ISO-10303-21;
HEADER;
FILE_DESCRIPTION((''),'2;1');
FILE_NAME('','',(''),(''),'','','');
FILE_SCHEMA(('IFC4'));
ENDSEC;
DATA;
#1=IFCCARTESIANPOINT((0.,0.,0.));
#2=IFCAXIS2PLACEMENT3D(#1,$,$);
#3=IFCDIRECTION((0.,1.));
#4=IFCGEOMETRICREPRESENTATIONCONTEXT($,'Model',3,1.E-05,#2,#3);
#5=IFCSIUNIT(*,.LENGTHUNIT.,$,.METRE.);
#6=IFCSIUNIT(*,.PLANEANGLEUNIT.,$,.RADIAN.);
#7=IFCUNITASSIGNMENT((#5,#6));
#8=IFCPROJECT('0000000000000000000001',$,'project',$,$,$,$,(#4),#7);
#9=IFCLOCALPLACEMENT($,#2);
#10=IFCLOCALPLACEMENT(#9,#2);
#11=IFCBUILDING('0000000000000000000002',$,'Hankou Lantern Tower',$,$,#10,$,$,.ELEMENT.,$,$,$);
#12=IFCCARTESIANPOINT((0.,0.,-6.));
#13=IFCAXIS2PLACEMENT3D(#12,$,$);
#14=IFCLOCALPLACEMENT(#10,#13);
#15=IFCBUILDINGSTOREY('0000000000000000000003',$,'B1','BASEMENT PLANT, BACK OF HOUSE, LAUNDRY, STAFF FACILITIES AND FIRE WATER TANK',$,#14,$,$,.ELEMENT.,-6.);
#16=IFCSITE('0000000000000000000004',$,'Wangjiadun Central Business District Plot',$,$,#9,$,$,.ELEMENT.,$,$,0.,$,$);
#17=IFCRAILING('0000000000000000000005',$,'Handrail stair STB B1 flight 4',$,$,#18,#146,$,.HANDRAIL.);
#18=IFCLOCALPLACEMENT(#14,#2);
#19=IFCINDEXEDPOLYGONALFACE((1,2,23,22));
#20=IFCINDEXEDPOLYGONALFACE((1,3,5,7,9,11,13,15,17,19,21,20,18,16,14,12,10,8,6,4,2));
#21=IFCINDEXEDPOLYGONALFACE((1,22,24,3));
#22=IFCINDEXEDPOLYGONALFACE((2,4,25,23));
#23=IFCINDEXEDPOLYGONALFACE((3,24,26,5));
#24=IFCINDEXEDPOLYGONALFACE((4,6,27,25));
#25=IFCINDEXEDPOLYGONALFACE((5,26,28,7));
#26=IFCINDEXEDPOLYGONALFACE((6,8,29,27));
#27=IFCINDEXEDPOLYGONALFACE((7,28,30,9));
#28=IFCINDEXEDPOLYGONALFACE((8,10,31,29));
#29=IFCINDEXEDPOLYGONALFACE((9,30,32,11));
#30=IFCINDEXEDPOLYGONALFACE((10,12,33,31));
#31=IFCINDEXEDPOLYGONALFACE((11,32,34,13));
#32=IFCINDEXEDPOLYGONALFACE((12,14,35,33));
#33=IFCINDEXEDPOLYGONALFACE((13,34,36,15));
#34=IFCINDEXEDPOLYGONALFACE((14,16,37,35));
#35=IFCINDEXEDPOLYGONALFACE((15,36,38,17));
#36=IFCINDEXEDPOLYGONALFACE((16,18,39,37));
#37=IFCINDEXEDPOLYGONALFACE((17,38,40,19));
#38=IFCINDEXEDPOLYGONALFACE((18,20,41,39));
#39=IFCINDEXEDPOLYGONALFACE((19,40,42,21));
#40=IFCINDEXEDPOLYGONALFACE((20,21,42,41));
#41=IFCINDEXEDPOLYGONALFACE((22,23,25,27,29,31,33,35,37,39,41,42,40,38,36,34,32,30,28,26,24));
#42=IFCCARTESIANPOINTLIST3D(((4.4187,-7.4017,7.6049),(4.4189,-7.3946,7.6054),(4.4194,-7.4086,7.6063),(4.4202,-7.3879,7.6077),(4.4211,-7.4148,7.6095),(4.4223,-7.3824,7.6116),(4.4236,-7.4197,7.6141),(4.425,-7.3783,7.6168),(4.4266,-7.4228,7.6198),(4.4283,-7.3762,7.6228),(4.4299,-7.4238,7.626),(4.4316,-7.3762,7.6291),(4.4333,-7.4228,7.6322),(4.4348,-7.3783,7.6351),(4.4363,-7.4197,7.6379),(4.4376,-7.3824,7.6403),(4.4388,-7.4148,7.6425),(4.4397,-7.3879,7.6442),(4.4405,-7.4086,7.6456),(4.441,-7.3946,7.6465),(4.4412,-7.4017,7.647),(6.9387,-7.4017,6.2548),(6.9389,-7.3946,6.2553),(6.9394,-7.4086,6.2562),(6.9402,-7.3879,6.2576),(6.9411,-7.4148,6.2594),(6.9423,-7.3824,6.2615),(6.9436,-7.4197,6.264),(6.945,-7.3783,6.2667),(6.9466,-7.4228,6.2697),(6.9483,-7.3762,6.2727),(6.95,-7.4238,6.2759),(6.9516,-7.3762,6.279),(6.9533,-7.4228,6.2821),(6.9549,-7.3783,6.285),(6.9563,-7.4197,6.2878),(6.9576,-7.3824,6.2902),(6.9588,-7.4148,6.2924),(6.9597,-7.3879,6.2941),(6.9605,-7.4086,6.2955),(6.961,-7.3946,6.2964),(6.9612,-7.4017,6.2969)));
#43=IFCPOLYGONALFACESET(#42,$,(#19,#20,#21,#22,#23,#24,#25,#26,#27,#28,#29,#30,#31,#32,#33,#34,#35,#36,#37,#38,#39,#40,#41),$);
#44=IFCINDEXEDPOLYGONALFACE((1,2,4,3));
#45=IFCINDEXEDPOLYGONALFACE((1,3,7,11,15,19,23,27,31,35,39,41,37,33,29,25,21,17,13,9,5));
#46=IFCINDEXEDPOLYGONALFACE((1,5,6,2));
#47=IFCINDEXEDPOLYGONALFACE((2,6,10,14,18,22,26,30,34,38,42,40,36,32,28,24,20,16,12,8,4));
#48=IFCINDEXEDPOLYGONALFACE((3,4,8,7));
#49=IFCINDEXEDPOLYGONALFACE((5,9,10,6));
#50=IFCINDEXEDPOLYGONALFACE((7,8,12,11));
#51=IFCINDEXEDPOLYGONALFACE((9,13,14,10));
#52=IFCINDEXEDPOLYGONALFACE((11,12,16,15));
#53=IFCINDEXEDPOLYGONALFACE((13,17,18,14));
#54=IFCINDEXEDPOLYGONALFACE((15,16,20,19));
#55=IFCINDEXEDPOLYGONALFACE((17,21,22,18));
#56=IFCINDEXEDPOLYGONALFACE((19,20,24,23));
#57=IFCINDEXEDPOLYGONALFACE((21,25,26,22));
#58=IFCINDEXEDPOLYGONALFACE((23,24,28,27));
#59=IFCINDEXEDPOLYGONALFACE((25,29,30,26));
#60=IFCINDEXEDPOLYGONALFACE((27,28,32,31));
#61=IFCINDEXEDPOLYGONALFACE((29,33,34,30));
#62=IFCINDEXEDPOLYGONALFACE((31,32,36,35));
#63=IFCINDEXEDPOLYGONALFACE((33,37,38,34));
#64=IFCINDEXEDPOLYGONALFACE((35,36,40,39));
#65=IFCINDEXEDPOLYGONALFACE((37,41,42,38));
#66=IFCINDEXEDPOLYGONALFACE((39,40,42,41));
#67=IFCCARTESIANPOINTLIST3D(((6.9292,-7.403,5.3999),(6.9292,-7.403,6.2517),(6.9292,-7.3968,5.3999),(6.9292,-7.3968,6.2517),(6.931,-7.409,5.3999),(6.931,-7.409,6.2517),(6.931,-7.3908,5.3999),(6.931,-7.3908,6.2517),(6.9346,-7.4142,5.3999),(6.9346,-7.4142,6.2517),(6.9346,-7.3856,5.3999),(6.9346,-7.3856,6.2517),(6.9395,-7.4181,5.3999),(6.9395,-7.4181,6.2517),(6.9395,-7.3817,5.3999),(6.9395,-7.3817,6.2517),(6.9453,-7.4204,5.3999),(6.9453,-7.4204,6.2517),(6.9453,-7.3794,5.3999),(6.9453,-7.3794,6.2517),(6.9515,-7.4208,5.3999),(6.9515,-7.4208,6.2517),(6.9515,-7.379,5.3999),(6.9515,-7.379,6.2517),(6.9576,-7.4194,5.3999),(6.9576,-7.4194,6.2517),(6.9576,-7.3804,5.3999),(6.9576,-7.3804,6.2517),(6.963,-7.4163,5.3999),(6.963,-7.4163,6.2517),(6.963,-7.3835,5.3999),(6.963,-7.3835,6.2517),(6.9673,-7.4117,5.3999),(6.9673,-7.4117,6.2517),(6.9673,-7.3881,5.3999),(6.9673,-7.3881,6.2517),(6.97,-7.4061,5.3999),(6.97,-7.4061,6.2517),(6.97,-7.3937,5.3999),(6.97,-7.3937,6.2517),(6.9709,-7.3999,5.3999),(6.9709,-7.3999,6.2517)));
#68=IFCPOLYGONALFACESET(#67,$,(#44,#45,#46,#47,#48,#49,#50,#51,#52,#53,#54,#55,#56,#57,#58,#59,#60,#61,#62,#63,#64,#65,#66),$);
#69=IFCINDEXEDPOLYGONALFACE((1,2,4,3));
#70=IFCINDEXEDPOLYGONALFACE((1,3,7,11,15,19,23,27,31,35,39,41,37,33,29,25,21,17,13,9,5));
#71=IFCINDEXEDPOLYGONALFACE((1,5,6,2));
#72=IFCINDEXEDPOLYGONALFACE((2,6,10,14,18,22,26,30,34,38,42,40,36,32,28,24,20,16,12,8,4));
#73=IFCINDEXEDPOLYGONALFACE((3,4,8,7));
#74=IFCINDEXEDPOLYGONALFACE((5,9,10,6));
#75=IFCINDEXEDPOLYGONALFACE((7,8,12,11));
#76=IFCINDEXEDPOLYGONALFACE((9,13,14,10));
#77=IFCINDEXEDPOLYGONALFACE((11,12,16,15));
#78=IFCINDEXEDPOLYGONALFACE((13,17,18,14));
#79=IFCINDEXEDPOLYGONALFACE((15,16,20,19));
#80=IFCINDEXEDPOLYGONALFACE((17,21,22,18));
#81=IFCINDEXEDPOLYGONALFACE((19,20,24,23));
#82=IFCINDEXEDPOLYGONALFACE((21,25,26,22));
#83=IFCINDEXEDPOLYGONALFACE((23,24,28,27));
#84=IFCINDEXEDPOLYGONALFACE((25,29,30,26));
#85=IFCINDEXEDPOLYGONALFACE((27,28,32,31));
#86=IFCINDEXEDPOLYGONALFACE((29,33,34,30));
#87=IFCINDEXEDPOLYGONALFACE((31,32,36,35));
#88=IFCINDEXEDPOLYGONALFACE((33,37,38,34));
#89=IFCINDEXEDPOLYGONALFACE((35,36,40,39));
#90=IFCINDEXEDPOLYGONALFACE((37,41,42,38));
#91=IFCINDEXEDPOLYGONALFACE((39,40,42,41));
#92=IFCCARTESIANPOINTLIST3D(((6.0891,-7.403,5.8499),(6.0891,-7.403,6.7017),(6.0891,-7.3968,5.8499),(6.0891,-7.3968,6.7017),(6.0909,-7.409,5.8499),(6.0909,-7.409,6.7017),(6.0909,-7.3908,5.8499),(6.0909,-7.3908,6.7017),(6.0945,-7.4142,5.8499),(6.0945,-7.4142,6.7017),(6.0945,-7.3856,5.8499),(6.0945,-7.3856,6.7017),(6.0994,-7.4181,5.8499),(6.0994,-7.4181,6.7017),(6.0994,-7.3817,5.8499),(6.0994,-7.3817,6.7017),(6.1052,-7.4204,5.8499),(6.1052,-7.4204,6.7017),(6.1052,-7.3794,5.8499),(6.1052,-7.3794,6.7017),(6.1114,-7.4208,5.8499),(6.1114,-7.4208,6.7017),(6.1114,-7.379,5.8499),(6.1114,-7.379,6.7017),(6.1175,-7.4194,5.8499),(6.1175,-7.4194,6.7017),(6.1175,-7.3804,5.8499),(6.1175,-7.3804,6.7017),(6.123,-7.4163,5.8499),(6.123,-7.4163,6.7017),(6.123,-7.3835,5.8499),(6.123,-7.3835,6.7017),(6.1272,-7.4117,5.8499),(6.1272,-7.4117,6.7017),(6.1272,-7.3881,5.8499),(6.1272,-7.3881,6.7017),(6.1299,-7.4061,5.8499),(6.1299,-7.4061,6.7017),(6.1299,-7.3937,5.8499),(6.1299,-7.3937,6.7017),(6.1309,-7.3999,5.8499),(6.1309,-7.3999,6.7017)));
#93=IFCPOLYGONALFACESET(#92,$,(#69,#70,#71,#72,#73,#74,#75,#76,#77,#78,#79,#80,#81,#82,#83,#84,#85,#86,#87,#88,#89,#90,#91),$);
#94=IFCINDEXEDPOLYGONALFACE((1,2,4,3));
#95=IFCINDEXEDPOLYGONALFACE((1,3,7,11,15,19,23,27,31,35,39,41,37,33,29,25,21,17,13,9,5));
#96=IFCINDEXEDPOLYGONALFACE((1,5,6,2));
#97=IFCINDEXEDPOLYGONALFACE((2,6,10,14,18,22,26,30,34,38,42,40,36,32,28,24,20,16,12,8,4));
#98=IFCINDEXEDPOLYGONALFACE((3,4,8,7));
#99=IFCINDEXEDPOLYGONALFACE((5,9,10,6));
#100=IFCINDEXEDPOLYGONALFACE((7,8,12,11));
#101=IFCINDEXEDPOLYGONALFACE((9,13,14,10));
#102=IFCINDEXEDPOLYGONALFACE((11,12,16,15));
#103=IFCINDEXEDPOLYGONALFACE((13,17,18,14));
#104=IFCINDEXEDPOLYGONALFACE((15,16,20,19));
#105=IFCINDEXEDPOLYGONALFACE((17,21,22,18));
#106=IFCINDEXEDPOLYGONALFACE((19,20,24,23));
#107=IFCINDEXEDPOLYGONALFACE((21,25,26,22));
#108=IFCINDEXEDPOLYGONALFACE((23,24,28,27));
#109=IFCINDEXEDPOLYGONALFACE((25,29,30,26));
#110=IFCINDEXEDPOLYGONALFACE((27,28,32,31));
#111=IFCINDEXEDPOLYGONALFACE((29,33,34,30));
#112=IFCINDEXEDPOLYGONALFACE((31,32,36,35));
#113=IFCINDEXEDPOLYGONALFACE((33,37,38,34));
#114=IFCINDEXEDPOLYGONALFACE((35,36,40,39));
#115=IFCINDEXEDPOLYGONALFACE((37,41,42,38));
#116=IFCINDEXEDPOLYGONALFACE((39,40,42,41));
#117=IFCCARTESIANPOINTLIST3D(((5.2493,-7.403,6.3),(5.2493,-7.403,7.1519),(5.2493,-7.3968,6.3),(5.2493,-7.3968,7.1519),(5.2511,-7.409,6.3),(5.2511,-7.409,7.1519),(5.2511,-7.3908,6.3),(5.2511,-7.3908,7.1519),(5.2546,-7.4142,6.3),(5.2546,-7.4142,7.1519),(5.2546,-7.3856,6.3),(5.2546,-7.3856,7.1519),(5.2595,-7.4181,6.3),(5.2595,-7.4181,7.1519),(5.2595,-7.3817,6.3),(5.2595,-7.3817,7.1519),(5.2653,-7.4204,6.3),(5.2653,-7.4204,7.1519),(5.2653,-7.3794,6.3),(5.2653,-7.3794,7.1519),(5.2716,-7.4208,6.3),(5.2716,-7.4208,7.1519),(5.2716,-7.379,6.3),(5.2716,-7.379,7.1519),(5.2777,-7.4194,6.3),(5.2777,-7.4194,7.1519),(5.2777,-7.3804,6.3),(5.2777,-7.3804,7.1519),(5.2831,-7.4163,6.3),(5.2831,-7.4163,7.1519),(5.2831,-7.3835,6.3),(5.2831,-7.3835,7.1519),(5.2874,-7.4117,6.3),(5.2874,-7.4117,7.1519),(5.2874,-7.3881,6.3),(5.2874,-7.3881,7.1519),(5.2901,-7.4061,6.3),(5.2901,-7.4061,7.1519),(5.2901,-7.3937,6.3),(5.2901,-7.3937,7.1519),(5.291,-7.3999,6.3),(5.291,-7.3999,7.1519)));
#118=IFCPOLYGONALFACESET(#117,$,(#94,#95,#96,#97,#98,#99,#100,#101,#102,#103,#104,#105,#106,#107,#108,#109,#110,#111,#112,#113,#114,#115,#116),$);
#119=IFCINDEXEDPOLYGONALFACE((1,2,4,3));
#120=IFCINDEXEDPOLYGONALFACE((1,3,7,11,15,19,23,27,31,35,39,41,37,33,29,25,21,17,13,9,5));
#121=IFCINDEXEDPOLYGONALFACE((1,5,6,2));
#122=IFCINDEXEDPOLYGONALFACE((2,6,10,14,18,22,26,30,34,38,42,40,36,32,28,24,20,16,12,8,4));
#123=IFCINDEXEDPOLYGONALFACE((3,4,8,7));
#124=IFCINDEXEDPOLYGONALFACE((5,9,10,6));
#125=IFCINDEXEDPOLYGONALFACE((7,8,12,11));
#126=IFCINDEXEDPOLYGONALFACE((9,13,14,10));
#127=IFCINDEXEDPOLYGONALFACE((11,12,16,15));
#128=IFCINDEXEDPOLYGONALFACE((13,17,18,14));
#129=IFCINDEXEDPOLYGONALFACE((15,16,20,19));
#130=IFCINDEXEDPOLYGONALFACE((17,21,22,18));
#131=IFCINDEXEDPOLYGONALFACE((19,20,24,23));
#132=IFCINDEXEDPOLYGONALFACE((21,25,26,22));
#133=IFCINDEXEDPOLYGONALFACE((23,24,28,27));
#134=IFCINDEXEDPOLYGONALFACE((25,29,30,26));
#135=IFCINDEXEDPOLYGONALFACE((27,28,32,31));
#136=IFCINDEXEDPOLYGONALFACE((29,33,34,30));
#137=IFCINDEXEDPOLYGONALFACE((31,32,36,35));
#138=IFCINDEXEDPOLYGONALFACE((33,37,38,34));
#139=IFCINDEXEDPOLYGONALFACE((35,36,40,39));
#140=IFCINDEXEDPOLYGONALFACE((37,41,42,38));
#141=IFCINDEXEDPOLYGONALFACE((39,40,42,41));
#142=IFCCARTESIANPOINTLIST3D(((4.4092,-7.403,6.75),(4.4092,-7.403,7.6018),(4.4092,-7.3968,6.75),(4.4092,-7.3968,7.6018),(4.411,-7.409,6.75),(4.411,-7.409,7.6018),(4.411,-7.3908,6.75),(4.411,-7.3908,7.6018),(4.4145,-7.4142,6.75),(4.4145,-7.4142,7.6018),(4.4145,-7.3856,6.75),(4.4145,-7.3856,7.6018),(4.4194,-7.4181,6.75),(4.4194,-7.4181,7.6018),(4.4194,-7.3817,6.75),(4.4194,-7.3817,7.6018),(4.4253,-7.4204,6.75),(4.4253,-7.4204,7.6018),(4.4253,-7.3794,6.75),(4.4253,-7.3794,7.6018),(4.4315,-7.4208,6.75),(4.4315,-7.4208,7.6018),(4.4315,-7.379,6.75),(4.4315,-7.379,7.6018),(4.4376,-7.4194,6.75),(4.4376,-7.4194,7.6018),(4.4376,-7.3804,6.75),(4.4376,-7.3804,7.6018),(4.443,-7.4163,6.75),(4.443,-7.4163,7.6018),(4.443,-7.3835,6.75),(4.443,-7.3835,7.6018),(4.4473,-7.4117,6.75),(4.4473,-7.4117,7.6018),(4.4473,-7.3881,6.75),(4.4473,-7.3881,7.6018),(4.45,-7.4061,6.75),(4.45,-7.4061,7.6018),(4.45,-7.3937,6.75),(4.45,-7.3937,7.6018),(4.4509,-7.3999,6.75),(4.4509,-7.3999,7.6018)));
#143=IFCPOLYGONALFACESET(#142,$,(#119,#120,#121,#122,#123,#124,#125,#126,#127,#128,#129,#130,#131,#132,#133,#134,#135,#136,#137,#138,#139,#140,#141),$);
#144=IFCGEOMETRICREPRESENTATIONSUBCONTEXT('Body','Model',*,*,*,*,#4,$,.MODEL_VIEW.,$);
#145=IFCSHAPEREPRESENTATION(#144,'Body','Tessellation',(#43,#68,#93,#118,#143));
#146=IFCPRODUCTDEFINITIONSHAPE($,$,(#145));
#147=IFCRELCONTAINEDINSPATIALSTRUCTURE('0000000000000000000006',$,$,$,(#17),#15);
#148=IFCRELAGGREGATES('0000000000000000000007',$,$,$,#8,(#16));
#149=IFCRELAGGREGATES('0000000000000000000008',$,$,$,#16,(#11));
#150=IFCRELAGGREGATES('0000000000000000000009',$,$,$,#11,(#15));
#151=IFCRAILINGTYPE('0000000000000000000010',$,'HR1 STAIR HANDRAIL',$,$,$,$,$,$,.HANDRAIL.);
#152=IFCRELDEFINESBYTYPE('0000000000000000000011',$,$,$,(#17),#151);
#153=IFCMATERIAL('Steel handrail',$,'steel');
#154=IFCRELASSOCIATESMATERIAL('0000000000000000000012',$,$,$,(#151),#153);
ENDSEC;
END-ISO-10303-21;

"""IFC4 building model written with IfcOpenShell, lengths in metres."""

from ifc_helpers import new_model, si_unit, direction, frame, origin, origin_2d, place, context, subcontext, project, spatial, circle, extrude, material, type_object, element, save


model = new_model("IFC4")

# Units and contexts
model_context = context("Model", 3, precision=1e-05, world=origin(), true_north=direction((0.0, 1.0)))
body_context = subcontext(model_context, "Body", "Model", "MODEL_VIEW")
ifc_project = project(units=[si_unit("LENGTHUNIT", "METRE"), si_unit("PLANEANGLEUNIT", "RADIAN")], contexts=[model_context])

# Site, building, storey
site_placement = place(None, origin())
site = spatial("IfcSite", under=ifc_project, at=site_placement, Name="Wangjiadun Central Business District Plot", CompositionType="ELEMENT", RefElevation=0.0)
building_placement = place(site_placement, origin())
building = spatial("IfcBuilding", under=site, at=building_placement, Name="Hankou Lantern Tower", CompositionType="ELEMENT")
storey_placement = place(building_placement, frame((0.0, 0.0, -6.0)))
storey = spatial("IfcBuildingStorey", under=building, at=storey_placement, Name="B1", Description="BASEMENT PLANT, BACK OF HOUSE, LAUNDRY, STAFF FACILITIES AND FIRE WATER TANK", CompositionType="ELEMENT", Elevation=-6.0)

# Railing
ifc_material_1 = material(Name="Steel handrail", Category="steel")
railing_type = type_object("IfcRailingType", Name="HR1 STAIR HANDRAIL", PredefinedType="HANDRAIL", material=ifc_material_1)
for number, where, name in (
    (1, (6.95, -7.3999, 5.3999), "Handrail stair STB B1 flight 4"),
):
    element("IfcRailing", number, at=place(storey_placement, frame(where)), inside=storey, type_object=railing_type, Name=name, PredefinedType="HANDRAIL", context=body_context, shape_type="SweptSolid", body=[
        extrude(circle(Radius=0.0239, at=origin_2d()), frame((0.0, 0.0, 0.876), z_axis=(-0.881467, 0.0, 0.472245), x_axis=(0.0, -1.0, 0.0)), (0.0, 0.0, 1.0), 2.8589),
        extrude(circle(Radius=0.021, at=origin_2d()), origin(), (0.0, 0.0, 1.0), 0.8518),
        extrude(circle(Radius=0.021, at=origin_2d()), frame((-0.8401, 0.0, 0.45)), (0.0, 0.0, 1.0), 0.8518),
        extrude(circle(Radius=0.021, at=origin_2d()), frame((-1.6799, 0.0, 0.9001)), (0.0, 0.0, 1.0), 0.8518),
        extrude(circle(Radius=0.021, at=origin_2d()), frame((-2.52, 0.0, 1.3501)), (0.0, 0.0, 1.0), 0.8518),
    ])

save(model, "model.ifc")
